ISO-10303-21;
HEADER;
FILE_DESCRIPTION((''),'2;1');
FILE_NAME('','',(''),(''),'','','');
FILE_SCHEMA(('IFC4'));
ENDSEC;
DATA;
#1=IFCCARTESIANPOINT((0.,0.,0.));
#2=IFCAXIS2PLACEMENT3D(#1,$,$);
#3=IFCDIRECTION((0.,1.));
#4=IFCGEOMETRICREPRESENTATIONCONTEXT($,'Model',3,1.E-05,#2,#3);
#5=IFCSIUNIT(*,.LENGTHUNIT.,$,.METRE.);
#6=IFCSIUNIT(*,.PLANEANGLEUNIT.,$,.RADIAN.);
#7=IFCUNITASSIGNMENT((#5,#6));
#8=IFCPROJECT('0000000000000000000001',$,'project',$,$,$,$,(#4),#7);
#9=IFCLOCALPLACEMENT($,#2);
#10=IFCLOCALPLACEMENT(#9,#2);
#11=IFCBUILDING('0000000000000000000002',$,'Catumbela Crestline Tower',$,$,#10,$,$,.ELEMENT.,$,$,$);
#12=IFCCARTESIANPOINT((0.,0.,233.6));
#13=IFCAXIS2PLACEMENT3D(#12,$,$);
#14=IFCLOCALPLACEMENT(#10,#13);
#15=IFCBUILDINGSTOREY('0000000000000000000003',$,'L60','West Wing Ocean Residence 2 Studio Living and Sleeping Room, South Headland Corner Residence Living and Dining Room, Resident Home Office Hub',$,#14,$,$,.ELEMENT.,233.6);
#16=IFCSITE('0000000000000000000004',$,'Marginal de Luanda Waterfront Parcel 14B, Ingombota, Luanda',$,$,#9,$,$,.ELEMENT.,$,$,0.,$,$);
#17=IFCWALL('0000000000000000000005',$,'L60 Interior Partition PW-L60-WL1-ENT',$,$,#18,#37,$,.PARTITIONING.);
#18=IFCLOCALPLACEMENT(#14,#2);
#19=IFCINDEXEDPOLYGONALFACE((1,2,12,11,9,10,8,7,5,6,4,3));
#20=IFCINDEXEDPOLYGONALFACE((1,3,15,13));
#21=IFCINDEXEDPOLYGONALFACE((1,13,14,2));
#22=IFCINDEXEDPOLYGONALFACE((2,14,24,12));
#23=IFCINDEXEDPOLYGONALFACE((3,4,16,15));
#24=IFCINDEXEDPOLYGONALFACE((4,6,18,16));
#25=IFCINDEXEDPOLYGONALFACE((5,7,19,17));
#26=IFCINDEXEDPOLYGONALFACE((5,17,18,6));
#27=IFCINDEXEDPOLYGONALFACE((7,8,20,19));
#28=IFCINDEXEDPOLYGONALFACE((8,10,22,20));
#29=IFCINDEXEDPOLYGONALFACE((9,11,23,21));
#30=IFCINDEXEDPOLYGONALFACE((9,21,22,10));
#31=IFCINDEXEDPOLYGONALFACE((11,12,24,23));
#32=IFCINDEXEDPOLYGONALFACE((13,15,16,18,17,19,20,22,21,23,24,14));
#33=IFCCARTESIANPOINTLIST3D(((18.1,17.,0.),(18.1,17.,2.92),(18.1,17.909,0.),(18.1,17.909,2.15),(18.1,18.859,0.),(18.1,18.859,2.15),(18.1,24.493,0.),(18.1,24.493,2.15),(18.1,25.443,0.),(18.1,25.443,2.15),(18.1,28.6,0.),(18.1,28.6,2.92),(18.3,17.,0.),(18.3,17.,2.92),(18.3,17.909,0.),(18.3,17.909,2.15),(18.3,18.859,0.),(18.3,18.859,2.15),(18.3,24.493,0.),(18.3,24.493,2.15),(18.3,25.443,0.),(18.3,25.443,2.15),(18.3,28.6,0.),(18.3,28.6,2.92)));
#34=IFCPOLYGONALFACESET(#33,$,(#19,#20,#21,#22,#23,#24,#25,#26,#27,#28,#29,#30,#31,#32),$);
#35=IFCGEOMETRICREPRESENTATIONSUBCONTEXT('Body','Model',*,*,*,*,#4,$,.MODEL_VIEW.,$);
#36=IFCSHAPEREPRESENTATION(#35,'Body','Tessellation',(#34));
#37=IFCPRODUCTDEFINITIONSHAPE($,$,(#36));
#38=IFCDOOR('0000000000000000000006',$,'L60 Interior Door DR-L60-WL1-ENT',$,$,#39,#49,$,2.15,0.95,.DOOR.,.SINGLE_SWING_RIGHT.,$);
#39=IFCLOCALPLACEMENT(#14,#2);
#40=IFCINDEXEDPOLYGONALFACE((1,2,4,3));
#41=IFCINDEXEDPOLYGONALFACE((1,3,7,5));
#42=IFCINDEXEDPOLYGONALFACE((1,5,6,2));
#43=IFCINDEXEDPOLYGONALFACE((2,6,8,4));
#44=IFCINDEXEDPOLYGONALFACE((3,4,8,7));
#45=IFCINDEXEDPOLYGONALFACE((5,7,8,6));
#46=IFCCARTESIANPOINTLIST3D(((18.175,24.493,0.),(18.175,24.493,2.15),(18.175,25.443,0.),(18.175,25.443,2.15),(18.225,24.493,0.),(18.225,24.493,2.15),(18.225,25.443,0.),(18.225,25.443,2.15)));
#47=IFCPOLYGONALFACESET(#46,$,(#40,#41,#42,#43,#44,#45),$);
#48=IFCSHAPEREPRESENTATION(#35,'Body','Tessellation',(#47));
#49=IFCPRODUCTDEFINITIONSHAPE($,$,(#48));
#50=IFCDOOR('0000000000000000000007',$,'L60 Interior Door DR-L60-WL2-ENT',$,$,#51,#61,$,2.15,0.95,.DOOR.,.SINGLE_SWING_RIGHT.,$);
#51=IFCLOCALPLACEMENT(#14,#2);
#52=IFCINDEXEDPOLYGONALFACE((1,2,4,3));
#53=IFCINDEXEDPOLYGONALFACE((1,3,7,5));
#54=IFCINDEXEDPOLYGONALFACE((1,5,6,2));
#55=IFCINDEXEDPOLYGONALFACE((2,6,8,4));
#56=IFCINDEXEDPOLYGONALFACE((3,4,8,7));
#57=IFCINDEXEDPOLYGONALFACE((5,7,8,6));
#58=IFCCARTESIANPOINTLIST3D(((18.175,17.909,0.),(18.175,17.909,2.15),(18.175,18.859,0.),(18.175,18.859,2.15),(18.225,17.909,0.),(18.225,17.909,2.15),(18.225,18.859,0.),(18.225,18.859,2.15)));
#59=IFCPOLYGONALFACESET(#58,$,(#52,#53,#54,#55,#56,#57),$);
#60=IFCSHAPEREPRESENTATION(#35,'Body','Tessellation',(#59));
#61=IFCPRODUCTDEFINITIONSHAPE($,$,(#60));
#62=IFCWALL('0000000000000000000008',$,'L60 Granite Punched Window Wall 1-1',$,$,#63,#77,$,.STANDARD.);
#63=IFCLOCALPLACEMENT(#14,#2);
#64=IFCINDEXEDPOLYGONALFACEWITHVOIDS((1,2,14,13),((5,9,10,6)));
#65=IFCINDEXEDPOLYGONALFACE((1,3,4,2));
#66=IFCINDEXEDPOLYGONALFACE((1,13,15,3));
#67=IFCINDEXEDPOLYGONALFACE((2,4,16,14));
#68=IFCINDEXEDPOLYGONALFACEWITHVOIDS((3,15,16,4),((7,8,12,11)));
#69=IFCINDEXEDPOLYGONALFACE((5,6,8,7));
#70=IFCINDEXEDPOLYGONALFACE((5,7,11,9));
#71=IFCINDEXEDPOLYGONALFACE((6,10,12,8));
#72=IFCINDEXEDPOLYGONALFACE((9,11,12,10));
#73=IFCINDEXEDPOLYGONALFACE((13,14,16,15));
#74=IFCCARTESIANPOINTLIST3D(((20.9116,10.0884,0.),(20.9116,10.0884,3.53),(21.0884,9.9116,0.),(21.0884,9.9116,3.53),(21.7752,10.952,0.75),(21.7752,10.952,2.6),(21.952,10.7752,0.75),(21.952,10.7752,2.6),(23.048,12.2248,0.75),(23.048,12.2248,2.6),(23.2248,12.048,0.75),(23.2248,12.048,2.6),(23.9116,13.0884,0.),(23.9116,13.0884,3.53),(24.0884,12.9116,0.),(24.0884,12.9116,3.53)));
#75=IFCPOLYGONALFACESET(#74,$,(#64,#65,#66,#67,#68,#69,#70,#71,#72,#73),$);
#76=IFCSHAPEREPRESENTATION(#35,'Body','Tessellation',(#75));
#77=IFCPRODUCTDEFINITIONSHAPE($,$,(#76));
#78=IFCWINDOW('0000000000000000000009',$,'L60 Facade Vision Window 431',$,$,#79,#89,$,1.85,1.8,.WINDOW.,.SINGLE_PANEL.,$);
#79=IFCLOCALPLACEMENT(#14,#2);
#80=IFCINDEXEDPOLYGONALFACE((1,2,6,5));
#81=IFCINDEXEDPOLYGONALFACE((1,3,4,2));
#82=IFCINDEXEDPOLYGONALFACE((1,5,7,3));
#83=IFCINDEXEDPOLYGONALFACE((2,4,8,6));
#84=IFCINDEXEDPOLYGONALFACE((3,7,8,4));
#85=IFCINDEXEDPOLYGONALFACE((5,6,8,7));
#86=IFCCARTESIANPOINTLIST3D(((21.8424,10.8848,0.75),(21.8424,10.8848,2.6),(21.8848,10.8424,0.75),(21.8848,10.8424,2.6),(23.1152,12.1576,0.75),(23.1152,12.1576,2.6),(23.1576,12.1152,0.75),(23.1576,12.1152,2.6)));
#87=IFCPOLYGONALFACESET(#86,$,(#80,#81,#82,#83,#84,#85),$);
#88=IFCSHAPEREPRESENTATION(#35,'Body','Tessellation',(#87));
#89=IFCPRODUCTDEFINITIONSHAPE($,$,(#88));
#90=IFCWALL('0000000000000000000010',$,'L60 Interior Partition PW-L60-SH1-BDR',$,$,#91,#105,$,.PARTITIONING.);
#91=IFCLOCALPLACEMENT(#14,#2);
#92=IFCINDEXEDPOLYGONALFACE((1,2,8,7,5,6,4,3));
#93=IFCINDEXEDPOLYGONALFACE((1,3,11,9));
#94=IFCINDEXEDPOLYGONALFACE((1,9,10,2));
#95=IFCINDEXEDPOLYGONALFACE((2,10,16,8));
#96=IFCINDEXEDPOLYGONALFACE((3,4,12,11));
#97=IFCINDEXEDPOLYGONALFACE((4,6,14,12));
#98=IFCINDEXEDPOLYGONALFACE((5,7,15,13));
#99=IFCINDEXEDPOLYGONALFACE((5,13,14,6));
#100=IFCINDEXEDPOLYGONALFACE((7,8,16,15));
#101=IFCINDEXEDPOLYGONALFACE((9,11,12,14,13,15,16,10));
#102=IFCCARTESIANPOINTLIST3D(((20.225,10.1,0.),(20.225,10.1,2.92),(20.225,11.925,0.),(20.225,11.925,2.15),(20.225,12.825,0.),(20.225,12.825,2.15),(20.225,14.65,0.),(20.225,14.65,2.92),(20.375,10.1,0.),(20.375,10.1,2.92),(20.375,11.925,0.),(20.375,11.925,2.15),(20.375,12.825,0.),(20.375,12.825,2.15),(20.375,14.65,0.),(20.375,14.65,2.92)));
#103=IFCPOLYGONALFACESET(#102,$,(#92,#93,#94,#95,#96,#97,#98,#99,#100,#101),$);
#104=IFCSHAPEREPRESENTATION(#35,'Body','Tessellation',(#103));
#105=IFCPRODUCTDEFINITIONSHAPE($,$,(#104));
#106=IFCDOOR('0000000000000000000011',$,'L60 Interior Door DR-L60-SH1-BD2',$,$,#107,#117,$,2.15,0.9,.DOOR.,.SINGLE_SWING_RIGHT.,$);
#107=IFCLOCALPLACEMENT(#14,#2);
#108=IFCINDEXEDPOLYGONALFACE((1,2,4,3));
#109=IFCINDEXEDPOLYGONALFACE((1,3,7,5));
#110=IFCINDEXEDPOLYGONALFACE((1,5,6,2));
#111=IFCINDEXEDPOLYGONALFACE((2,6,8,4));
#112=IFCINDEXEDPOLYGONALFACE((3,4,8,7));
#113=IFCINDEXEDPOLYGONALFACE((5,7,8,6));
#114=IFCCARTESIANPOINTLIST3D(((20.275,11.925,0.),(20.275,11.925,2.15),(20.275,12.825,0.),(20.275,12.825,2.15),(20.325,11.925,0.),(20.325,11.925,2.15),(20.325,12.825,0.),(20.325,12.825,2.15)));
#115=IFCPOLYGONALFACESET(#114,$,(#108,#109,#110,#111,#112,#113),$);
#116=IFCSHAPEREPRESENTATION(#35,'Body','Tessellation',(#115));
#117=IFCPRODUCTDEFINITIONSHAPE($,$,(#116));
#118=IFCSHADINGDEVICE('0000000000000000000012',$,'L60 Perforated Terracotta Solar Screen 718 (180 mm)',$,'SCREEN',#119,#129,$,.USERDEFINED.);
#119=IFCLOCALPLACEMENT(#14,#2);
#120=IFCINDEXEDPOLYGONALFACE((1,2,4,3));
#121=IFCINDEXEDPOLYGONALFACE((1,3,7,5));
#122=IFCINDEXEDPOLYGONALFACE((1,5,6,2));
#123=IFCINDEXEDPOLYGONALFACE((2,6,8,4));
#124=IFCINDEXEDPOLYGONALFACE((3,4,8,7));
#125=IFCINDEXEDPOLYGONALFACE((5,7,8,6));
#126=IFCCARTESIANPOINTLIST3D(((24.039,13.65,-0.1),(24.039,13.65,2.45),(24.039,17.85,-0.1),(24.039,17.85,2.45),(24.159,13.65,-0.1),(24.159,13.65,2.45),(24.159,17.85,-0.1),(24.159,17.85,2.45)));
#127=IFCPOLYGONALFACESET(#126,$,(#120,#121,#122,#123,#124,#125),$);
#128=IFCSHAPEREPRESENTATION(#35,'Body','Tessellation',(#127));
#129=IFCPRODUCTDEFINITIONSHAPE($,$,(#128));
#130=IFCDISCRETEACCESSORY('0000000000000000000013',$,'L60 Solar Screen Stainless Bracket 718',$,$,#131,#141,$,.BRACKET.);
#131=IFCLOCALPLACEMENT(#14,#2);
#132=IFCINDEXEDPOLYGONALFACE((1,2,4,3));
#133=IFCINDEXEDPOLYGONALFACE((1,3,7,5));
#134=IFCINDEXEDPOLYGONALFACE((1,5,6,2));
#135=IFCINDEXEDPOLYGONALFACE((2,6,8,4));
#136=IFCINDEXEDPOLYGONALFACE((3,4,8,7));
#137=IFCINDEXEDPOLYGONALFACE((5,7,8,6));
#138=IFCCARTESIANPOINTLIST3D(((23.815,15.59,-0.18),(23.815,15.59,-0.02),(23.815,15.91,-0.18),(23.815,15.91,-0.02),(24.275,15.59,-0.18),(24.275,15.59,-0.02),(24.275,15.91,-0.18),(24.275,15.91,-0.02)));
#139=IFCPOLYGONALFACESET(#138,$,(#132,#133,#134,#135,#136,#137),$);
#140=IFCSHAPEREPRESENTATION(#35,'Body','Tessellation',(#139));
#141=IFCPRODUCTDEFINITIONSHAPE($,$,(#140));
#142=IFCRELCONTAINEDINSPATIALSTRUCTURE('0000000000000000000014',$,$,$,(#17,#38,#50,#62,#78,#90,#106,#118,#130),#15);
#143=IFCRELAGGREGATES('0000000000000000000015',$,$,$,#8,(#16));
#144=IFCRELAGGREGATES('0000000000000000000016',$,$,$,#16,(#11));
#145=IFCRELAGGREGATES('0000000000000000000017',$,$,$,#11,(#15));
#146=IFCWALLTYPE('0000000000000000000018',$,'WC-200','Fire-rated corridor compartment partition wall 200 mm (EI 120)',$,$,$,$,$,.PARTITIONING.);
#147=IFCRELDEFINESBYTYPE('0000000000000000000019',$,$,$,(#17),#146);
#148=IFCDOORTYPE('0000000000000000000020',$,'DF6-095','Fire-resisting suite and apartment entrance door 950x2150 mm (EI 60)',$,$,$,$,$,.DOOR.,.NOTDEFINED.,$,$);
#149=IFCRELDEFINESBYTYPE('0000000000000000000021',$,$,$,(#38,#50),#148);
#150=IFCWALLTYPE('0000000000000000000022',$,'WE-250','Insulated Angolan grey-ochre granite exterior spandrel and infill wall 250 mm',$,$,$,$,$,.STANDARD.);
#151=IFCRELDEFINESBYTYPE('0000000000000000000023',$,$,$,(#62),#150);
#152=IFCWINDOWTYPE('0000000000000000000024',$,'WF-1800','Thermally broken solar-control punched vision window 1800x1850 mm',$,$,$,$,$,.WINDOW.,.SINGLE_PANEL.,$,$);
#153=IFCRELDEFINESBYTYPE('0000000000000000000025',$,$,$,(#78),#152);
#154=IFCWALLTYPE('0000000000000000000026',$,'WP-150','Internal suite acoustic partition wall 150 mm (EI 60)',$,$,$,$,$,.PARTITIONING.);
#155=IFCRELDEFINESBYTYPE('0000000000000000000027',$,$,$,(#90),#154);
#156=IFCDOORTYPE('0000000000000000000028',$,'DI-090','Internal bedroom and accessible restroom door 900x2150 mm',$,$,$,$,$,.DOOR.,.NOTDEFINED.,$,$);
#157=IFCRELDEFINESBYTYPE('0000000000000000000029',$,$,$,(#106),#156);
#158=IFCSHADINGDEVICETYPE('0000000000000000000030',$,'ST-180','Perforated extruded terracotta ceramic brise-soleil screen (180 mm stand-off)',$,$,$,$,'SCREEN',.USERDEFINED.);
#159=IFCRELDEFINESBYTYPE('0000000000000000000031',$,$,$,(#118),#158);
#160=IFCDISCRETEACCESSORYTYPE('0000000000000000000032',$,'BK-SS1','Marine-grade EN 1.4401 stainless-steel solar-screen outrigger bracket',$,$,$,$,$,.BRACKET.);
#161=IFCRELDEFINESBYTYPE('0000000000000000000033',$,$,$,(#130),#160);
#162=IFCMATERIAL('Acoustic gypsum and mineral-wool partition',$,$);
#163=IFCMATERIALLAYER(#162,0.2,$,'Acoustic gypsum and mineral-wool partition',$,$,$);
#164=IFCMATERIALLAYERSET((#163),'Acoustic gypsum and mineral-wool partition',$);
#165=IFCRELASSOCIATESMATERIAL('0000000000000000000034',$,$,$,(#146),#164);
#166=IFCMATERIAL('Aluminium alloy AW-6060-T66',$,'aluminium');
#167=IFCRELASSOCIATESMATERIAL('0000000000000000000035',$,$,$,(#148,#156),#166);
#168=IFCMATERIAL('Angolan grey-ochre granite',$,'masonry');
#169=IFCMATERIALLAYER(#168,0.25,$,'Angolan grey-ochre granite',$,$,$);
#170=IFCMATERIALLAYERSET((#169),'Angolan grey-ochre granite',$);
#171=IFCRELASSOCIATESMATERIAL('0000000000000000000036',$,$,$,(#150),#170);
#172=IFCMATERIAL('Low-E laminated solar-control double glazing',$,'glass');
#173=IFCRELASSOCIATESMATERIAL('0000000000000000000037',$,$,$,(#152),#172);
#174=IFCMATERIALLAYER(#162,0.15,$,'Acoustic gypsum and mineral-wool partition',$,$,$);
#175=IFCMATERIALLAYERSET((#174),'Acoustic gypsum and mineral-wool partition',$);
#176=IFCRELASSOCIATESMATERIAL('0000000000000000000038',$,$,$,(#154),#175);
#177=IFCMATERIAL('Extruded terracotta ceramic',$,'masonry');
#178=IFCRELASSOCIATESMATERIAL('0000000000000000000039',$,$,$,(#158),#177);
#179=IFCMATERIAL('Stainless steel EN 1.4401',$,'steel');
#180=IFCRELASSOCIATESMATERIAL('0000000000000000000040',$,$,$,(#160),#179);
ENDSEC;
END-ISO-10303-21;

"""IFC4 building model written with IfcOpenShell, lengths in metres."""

from ifc_helpers import new_model, si_unit, direction, frame, frame_2d, origin, origin_2d, place, context, subcontext, project, spatial, rectangle, extrude, material, layer, layer_set, type_object, element, fill, save


model = new_model("IFC4")

# Units and contexts
model_context = context("Model", 3, precision=1e-05, world=origin(), true_north=direction((0.0, 1.0)))
body_context = subcontext(model_context, "Body", "Model", "MODEL_VIEW")
ifc_project = project(units=[si_unit("LENGTHUNIT", "METRE"), si_unit("PLANEANGLEUNIT", "RADIAN")], contexts=[model_context])

# Site, building, storey
site_placement = place(None, origin())
site = spatial("IfcSite", under=ifc_project, at=site_placement, Name="Marginal de Luanda Waterfront Parcel 14B, Ingombota, Luanda", CompositionType="ELEMENT", RefElevation=0.0)
building_placement = place(site_placement, origin())
building = spatial("IfcBuilding", under=site, at=building_placement, Name="Catumbela Crestline Tower", CompositionType="ELEMENT")
storey_placement = place(building_placement, frame((0.0, 0.0, 233.6)))
storey = spatial("IfcBuildingStorey", under=building, at=storey_placement, Name="L60", Description="West Wing Ocean Residence 2 Studio Living and Sleeping Room, South Headland Corner Residence Living and Dining Room, Resident Home Office Hub", CompositionType="ELEMENT", Elevation=233.6)

# Shared definitions
ifc_material_1 = material(Name="Aluminium alloy AW-6060-T66", Category="aluminium")

# Shared definitions
ifc_material_2 = material(Name="Low-E laminated solar-control double glazing", Category="glass")

# Wall, openings, doors
ifc_material_3 = material(Name="Acoustic gypsum and mineral-wool partition")
ifc_layer_1 = layer(ifc_material_3, 0.2, Name="Acoustic gypsum and mineral-wool partition")
ifc_layer_set_1 = layer_set([ifc_layer_1], Name="Acoustic gypsum and mineral-wool partition")
wall_type_1 = type_object("IfcWallType", Name="WC-200", Description="Fire-rated corridor compartment partition wall 200 mm (EI 120)", PredefinedType="PARTITIONING", material=ifc_layer_set_1)
wall_1_placement = place(storey_placement, frame((18.2, 17.0, 0.0), z_axis=(0.0, 0.0, 1.0), x_axis=(0.0, 1.0, 0.0)))
wall_1 = element("IfcWall", 1, at=wall_1_placement, inside=storey, type_object=wall_type_1, Name="L60 Interior Partition PW-L60-WL1-ENT", PredefinedType="PARTITIONING", context=body_context, shape_type="SweptSolid", body=[
    extrude(rectangle(XDim=11.6, YDim=0.2, at=frame_2d((5.8, 0.0))), origin(), (0.0, 0.0, 1.0), 2.92),
])
opening_1_placement = place(wall_1_placement, frame((7.493, 0.0, 0.0)))
opening_1 = element("IfcOpeningElement", 2, at=opening_1_placement, cuts=wall_1, PredefinedType="OPENING", context=body_context, shape_type="SweptSolid", body=[
    extrude(rectangle(XDim=0.95, YDim=2.15, at=frame_2d((0.475, 1.075))), frame((0.0, 0.11, 0.0), z_axis=(0.0, -1.0, 0.0), x_axis=(1.0, 0.0, 0.0)), (0.0, 0.0, 1.0), 0.22),
])
opening_2_placement = place(wall_1_placement, frame((0.909, 0.0, 0.0)))
opening_2 = element("IfcOpeningElement", 3, at=opening_2_placement, cuts=wall_1, PredefinedType="OPENING", context=body_context, shape_type="SweptSolid", body=[
    extrude(rectangle(XDim=0.95, YDim=2.15, at=frame_2d((0.475, 1.075))), frame((0.0, 0.11, 0.0), z_axis=(0.0, -1.0, 0.0), x_axis=(1.0, 0.0, 0.0)), (0.0, 0.0, 1.0), 0.22),
])
door_type_1 = type_object("IfcDoorType", Name="DF6-095", Description="Fire-resisting suite and apartment entrance door 950x2150 mm (EI 60)", OperationType="NOTDEFINED", PredefinedType="DOOR", material=ifc_material_1)
door_1_placement = place(opening_1_placement, origin())
door_1 = element("IfcDoor", 4, at=door_1_placement, inside=storey, type_object=door_type_1, Name="L60 Interior Door DR-L60-WL1-ENT", OperationType="SINGLE_SWING_RIGHT", OverallHeight=2.15, OverallWidth=0.95, PredefinedType="DOOR", context=body_context, shape_type="SweptSolid", body=[
    extrude(rectangle(XDim=0.95, YDim=2.15, at=frame_2d((0.475, 1.075))), frame((0.0, 0.025, 0.0), z_axis=(0.0, -1.0, 0.0), x_axis=(1.0, 0.0, 0.0)), (0.0, 0.0, 1.0), 0.05),
])
fill(opening_1, door_1)
door_2_placement = place(opening_2_placement, origin())
door_2 = element("IfcDoor", 5, at=door_2_placement, inside=storey, type_object=door_type_1, Name="L60 Interior Door DR-L60-WL2-ENT", OperationType="SINGLE_SWING_RIGHT", OverallHeight=2.15, OverallWidth=0.95, PredefinedType="DOOR", context=body_context, shape_type="SweptSolid", body=[
    extrude(rectangle(XDim=0.95, YDim=2.15, at=frame_2d((0.475, 1.075))), frame((0.0, 0.025, 0.0), z_axis=(0.0, -1.0, 0.0), x_axis=(1.0, 0.0, 0.0)), (0.0, 0.0, 1.0), 0.05),
])
fill(opening_2, door_2)

# Wall, opening, window
ifc_material_4 = material(Name="Angolan grey-ochre granite", Category="masonry")
ifc_layer_2 = layer(ifc_material_4, 0.25, Name="Angolan grey-ochre granite")
ifc_layer_set_2 = layer_set([ifc_layer_2], Name="Angolan grey-ochre granite")
wall_type_2 = type_object("IfcWallType", Name="WE-250", Description="Insulated Angolan grey-ochre granite exterior spandrel and infill wall 250 mm", PredefinedType="STANDARD", material=ifc_layer_set_2)
wall_2_placement = place(storey_placement, frame((21.0, 10.0, 0.0), z_axis=(0.0, 0.0, 1.0), x_axis=(0.707107, 0.707107, 0.0)))
wall_2 = element("IfcWall", 6, at=wall_2_placement, inside=storey, type_object=wall_type_2, Name="L60 Granite Punched Window Wall 1-1", PredefinedType="STANDARD", context=body_context, shape_type="SweptSolid", body=[
    extrude(rectangle(XDim=4.2426, YDim=0.25, at=frame_2d((2.1213, 0.0))), origin(), (0.0, 0.0, 1.0), 3.53),
])
opening_3_placement = place(wall_2_placement, frame((1.2213, 0.0, 0.75)))
opening_3 = element("IfcOpeningElement", 7, at=opening_3_placement, cuts=wall_2, PredefinedType="OPENING", context=body_context, shape_type="SweptSolid", body=[
    extrude(rectangle(XDim=1.8, YDim=1.85, at=frame_2d((0.9, 0.925))), frame((0.0, 0.135, 0.0), z_axis=(0.0, -1.0, 0.0), x_axis=(1.0, 0.0, 0.0)), (0.0, 0.0, 1.0), 0.27),
])
window_type = type_object("IfcWindowType", Name="WF-1800", Description="Thermally broken solar-control punched vision window 1800x1850 mm", PartitioningType="SINGLE_PANEL", PredefinedType="WINDOW", material=ifc_material_2)
window_placement = place(opening_3_placement, origin())
window = element("IfcWindow", 8, at=window_placement, inside=storey, type_object=window_type, Name="L60 Facade Vision Window 431", OverallHeight=1.85, OverallWidth=1.8, PartitioningType="SINGLE_PANEL", PredefinedType="WINDOW", context=body_context, shape_type="SweptSolid", body=[
    extrude(rectangle(XDim=1.8, YDim=1.85, at=frame_2d((0.9, 0.925))), frame((0.0, 0.03, 0.0), z_axis=(0.0, -1.0, 0.0), x_axis=(1.0, 0.0, 0.0)), (0.0, 0.0, 1.0), 0.06),
])
fill(opening_3, window)

# Wall, opening, door
ifc_layer_3 = layer(ifc_material_3, 0.15, Name="Acoustic gypsum and mineral-wool partition")
ifc_layer_set_3 = layer_set([ifc_layer_3], Name="Acoustic gypsum and mineral-wool partition")
wall_type_3 = type_object("IfcWallType", Name="WP-150", Description="Internal suite acoustic partition wall 150 mm (EI 60)", PredefinedType="PARTITIONING", material=ifc_layer_set_3)
wall_3_placement = place(storey_placement, frame((20.3, 10.1, 0.0), z_axis=(0.0, 0.0, 1.0), x_axis=(0.0, 1.0, 0.0)))
wall_3 = element("IfcWall", 9, at=wall_3_placement, inside=storey, type_object=wall_type_3, Name="L60 Interior Partition PW-L60-SH1-BDR", PredefinedType="PARTITIONING", context=body_context, shape_type="SweptSolid", body=[
    extrude(rectangle(XDim=4.55, YDim=0.15, at=frame_2d((2.275, 0.0))), origin(), (0.0, 0.0, 1.0), 2.92),
])
opening_4_placement = place(wall_3_placement, frame((1.825, 0.0, 0.0)))
opening_4 = element("IfcOpeningElement", 10, at=opening_4_placement, cuts=wall_3, PredefinedType="OPENING", context=body_context, shape_type="SweptSolid", body=[
    extrude(rectangle(XDim=0.9, YDim=2.15, at=frame_2d((0.45, 1.075))), frame((0.0, 0.085, 0.0), z_axis=(0.0, -1.0, 0.0), x_axis=(1.0, 0.0, 0.0)), (0.0, 0.0, 1.0), 0.17),
])
door_type_2 = type_object("IfcDoorType", Name="DI-090", Description="Internal bedroom and accessible restroom door 900x2150 mm", OperationType="NOTDEFINED", PredefinedType="DOOR", material=ifc_material_1)
door_3_placement = place(opening_4_placement, origin())
door_3 = element("IfcDoor", 11, at=door_3_placement, inside=storey, type_object=door_type_2, Name="L60 Interior Door DR-L60-SH1-BD2", OperationType="SINGLE_SWING_RIGHT", OverallHeight=2.15, OverallWidth=0.9, PredefinedType="DOOR", context=body_context, shape_type="SweptSolid", body=[
    extrude(rectangle(XDim=0.9, YDim=2.15, at=frame_2d((0.45, 1.075))), frame((0.0, 0.025, 0.0), z_axis=(0.0, -1.0, 0.0), x_axis=(1.0, 0.0, 0.0)), (0.0, 0.0, 1.0), 0.05),
])
fill(opening_4, door_3)

# Shading device
ifc_material_5 = material(Name="Extruded terracotta ceramic", Category="masonry")
shading_device_type = type_object("IfcShadingDeviceType", Name="ST-180", Description="Perforated extruded terracotta ceramic brise-soleil screen (180 mm stand-off)", ElementType="SCREEN", PredefinedType="USERDEFINED", material=ifc_material_5)
shading_device_placement = place(storey_placement, frame((24.099, 15.75, -0.1), z_axis=(0.0, 0.0, 1.0), x_axis=(0.0, 1.0, 0.0)))
element("IfcShadingDevice", 12, at=shading_device_placement, inside=storey, type_object=shading_device_type, Name="L60 Perforated Terracotta Solar Screen 718 (180 mm)", ObjectType="SCREEN", PredefinedType="USERDEFINED", context=body_context, shape_type="SweptSolid", body=[
    extrude(rectangle(XDim=4.2, YDim=0.12, at=origin_2d()), origin(), (0.0, 0.0, 1.0), 2.55),
])

# Discrete accessory
ifc_material_6 = material(Name="Stainless steel EN 1.4401", Category="steel")
discrete_accessory_type = type_object("IfcDiscreteAccessoryType", Name="BK-SS1", Description="Marine-grade EN 1.4401 stainless-steel solar-screen outrigger bracket", PredefinedType="BRACKET", material=ifc_material_6)
discrete_accessory_placement = place(storey_placement, frame((24.045, 15.75, -0.18), z_axis=(0.0, 0.0, 1.0), x_axis=(0.0, 1.0, 0.0)))
element("IfcDiscreteAccessory", 13, at=discrete_accessory_placement, inside=storey, type_object=discrete_accessory_type, Name="L60 Solar Screen Stainless Bracket 718", PredefinedType="BRACKET", context=body_context, shape_type="SweptSolid", body=[
    extrude(rectangle(XDim=0.32, YDim=0.46, at=origin_2d()), origin(), (0.0, 0.0, 1.0), 0.16),
])

save(model, "model.ifc")
